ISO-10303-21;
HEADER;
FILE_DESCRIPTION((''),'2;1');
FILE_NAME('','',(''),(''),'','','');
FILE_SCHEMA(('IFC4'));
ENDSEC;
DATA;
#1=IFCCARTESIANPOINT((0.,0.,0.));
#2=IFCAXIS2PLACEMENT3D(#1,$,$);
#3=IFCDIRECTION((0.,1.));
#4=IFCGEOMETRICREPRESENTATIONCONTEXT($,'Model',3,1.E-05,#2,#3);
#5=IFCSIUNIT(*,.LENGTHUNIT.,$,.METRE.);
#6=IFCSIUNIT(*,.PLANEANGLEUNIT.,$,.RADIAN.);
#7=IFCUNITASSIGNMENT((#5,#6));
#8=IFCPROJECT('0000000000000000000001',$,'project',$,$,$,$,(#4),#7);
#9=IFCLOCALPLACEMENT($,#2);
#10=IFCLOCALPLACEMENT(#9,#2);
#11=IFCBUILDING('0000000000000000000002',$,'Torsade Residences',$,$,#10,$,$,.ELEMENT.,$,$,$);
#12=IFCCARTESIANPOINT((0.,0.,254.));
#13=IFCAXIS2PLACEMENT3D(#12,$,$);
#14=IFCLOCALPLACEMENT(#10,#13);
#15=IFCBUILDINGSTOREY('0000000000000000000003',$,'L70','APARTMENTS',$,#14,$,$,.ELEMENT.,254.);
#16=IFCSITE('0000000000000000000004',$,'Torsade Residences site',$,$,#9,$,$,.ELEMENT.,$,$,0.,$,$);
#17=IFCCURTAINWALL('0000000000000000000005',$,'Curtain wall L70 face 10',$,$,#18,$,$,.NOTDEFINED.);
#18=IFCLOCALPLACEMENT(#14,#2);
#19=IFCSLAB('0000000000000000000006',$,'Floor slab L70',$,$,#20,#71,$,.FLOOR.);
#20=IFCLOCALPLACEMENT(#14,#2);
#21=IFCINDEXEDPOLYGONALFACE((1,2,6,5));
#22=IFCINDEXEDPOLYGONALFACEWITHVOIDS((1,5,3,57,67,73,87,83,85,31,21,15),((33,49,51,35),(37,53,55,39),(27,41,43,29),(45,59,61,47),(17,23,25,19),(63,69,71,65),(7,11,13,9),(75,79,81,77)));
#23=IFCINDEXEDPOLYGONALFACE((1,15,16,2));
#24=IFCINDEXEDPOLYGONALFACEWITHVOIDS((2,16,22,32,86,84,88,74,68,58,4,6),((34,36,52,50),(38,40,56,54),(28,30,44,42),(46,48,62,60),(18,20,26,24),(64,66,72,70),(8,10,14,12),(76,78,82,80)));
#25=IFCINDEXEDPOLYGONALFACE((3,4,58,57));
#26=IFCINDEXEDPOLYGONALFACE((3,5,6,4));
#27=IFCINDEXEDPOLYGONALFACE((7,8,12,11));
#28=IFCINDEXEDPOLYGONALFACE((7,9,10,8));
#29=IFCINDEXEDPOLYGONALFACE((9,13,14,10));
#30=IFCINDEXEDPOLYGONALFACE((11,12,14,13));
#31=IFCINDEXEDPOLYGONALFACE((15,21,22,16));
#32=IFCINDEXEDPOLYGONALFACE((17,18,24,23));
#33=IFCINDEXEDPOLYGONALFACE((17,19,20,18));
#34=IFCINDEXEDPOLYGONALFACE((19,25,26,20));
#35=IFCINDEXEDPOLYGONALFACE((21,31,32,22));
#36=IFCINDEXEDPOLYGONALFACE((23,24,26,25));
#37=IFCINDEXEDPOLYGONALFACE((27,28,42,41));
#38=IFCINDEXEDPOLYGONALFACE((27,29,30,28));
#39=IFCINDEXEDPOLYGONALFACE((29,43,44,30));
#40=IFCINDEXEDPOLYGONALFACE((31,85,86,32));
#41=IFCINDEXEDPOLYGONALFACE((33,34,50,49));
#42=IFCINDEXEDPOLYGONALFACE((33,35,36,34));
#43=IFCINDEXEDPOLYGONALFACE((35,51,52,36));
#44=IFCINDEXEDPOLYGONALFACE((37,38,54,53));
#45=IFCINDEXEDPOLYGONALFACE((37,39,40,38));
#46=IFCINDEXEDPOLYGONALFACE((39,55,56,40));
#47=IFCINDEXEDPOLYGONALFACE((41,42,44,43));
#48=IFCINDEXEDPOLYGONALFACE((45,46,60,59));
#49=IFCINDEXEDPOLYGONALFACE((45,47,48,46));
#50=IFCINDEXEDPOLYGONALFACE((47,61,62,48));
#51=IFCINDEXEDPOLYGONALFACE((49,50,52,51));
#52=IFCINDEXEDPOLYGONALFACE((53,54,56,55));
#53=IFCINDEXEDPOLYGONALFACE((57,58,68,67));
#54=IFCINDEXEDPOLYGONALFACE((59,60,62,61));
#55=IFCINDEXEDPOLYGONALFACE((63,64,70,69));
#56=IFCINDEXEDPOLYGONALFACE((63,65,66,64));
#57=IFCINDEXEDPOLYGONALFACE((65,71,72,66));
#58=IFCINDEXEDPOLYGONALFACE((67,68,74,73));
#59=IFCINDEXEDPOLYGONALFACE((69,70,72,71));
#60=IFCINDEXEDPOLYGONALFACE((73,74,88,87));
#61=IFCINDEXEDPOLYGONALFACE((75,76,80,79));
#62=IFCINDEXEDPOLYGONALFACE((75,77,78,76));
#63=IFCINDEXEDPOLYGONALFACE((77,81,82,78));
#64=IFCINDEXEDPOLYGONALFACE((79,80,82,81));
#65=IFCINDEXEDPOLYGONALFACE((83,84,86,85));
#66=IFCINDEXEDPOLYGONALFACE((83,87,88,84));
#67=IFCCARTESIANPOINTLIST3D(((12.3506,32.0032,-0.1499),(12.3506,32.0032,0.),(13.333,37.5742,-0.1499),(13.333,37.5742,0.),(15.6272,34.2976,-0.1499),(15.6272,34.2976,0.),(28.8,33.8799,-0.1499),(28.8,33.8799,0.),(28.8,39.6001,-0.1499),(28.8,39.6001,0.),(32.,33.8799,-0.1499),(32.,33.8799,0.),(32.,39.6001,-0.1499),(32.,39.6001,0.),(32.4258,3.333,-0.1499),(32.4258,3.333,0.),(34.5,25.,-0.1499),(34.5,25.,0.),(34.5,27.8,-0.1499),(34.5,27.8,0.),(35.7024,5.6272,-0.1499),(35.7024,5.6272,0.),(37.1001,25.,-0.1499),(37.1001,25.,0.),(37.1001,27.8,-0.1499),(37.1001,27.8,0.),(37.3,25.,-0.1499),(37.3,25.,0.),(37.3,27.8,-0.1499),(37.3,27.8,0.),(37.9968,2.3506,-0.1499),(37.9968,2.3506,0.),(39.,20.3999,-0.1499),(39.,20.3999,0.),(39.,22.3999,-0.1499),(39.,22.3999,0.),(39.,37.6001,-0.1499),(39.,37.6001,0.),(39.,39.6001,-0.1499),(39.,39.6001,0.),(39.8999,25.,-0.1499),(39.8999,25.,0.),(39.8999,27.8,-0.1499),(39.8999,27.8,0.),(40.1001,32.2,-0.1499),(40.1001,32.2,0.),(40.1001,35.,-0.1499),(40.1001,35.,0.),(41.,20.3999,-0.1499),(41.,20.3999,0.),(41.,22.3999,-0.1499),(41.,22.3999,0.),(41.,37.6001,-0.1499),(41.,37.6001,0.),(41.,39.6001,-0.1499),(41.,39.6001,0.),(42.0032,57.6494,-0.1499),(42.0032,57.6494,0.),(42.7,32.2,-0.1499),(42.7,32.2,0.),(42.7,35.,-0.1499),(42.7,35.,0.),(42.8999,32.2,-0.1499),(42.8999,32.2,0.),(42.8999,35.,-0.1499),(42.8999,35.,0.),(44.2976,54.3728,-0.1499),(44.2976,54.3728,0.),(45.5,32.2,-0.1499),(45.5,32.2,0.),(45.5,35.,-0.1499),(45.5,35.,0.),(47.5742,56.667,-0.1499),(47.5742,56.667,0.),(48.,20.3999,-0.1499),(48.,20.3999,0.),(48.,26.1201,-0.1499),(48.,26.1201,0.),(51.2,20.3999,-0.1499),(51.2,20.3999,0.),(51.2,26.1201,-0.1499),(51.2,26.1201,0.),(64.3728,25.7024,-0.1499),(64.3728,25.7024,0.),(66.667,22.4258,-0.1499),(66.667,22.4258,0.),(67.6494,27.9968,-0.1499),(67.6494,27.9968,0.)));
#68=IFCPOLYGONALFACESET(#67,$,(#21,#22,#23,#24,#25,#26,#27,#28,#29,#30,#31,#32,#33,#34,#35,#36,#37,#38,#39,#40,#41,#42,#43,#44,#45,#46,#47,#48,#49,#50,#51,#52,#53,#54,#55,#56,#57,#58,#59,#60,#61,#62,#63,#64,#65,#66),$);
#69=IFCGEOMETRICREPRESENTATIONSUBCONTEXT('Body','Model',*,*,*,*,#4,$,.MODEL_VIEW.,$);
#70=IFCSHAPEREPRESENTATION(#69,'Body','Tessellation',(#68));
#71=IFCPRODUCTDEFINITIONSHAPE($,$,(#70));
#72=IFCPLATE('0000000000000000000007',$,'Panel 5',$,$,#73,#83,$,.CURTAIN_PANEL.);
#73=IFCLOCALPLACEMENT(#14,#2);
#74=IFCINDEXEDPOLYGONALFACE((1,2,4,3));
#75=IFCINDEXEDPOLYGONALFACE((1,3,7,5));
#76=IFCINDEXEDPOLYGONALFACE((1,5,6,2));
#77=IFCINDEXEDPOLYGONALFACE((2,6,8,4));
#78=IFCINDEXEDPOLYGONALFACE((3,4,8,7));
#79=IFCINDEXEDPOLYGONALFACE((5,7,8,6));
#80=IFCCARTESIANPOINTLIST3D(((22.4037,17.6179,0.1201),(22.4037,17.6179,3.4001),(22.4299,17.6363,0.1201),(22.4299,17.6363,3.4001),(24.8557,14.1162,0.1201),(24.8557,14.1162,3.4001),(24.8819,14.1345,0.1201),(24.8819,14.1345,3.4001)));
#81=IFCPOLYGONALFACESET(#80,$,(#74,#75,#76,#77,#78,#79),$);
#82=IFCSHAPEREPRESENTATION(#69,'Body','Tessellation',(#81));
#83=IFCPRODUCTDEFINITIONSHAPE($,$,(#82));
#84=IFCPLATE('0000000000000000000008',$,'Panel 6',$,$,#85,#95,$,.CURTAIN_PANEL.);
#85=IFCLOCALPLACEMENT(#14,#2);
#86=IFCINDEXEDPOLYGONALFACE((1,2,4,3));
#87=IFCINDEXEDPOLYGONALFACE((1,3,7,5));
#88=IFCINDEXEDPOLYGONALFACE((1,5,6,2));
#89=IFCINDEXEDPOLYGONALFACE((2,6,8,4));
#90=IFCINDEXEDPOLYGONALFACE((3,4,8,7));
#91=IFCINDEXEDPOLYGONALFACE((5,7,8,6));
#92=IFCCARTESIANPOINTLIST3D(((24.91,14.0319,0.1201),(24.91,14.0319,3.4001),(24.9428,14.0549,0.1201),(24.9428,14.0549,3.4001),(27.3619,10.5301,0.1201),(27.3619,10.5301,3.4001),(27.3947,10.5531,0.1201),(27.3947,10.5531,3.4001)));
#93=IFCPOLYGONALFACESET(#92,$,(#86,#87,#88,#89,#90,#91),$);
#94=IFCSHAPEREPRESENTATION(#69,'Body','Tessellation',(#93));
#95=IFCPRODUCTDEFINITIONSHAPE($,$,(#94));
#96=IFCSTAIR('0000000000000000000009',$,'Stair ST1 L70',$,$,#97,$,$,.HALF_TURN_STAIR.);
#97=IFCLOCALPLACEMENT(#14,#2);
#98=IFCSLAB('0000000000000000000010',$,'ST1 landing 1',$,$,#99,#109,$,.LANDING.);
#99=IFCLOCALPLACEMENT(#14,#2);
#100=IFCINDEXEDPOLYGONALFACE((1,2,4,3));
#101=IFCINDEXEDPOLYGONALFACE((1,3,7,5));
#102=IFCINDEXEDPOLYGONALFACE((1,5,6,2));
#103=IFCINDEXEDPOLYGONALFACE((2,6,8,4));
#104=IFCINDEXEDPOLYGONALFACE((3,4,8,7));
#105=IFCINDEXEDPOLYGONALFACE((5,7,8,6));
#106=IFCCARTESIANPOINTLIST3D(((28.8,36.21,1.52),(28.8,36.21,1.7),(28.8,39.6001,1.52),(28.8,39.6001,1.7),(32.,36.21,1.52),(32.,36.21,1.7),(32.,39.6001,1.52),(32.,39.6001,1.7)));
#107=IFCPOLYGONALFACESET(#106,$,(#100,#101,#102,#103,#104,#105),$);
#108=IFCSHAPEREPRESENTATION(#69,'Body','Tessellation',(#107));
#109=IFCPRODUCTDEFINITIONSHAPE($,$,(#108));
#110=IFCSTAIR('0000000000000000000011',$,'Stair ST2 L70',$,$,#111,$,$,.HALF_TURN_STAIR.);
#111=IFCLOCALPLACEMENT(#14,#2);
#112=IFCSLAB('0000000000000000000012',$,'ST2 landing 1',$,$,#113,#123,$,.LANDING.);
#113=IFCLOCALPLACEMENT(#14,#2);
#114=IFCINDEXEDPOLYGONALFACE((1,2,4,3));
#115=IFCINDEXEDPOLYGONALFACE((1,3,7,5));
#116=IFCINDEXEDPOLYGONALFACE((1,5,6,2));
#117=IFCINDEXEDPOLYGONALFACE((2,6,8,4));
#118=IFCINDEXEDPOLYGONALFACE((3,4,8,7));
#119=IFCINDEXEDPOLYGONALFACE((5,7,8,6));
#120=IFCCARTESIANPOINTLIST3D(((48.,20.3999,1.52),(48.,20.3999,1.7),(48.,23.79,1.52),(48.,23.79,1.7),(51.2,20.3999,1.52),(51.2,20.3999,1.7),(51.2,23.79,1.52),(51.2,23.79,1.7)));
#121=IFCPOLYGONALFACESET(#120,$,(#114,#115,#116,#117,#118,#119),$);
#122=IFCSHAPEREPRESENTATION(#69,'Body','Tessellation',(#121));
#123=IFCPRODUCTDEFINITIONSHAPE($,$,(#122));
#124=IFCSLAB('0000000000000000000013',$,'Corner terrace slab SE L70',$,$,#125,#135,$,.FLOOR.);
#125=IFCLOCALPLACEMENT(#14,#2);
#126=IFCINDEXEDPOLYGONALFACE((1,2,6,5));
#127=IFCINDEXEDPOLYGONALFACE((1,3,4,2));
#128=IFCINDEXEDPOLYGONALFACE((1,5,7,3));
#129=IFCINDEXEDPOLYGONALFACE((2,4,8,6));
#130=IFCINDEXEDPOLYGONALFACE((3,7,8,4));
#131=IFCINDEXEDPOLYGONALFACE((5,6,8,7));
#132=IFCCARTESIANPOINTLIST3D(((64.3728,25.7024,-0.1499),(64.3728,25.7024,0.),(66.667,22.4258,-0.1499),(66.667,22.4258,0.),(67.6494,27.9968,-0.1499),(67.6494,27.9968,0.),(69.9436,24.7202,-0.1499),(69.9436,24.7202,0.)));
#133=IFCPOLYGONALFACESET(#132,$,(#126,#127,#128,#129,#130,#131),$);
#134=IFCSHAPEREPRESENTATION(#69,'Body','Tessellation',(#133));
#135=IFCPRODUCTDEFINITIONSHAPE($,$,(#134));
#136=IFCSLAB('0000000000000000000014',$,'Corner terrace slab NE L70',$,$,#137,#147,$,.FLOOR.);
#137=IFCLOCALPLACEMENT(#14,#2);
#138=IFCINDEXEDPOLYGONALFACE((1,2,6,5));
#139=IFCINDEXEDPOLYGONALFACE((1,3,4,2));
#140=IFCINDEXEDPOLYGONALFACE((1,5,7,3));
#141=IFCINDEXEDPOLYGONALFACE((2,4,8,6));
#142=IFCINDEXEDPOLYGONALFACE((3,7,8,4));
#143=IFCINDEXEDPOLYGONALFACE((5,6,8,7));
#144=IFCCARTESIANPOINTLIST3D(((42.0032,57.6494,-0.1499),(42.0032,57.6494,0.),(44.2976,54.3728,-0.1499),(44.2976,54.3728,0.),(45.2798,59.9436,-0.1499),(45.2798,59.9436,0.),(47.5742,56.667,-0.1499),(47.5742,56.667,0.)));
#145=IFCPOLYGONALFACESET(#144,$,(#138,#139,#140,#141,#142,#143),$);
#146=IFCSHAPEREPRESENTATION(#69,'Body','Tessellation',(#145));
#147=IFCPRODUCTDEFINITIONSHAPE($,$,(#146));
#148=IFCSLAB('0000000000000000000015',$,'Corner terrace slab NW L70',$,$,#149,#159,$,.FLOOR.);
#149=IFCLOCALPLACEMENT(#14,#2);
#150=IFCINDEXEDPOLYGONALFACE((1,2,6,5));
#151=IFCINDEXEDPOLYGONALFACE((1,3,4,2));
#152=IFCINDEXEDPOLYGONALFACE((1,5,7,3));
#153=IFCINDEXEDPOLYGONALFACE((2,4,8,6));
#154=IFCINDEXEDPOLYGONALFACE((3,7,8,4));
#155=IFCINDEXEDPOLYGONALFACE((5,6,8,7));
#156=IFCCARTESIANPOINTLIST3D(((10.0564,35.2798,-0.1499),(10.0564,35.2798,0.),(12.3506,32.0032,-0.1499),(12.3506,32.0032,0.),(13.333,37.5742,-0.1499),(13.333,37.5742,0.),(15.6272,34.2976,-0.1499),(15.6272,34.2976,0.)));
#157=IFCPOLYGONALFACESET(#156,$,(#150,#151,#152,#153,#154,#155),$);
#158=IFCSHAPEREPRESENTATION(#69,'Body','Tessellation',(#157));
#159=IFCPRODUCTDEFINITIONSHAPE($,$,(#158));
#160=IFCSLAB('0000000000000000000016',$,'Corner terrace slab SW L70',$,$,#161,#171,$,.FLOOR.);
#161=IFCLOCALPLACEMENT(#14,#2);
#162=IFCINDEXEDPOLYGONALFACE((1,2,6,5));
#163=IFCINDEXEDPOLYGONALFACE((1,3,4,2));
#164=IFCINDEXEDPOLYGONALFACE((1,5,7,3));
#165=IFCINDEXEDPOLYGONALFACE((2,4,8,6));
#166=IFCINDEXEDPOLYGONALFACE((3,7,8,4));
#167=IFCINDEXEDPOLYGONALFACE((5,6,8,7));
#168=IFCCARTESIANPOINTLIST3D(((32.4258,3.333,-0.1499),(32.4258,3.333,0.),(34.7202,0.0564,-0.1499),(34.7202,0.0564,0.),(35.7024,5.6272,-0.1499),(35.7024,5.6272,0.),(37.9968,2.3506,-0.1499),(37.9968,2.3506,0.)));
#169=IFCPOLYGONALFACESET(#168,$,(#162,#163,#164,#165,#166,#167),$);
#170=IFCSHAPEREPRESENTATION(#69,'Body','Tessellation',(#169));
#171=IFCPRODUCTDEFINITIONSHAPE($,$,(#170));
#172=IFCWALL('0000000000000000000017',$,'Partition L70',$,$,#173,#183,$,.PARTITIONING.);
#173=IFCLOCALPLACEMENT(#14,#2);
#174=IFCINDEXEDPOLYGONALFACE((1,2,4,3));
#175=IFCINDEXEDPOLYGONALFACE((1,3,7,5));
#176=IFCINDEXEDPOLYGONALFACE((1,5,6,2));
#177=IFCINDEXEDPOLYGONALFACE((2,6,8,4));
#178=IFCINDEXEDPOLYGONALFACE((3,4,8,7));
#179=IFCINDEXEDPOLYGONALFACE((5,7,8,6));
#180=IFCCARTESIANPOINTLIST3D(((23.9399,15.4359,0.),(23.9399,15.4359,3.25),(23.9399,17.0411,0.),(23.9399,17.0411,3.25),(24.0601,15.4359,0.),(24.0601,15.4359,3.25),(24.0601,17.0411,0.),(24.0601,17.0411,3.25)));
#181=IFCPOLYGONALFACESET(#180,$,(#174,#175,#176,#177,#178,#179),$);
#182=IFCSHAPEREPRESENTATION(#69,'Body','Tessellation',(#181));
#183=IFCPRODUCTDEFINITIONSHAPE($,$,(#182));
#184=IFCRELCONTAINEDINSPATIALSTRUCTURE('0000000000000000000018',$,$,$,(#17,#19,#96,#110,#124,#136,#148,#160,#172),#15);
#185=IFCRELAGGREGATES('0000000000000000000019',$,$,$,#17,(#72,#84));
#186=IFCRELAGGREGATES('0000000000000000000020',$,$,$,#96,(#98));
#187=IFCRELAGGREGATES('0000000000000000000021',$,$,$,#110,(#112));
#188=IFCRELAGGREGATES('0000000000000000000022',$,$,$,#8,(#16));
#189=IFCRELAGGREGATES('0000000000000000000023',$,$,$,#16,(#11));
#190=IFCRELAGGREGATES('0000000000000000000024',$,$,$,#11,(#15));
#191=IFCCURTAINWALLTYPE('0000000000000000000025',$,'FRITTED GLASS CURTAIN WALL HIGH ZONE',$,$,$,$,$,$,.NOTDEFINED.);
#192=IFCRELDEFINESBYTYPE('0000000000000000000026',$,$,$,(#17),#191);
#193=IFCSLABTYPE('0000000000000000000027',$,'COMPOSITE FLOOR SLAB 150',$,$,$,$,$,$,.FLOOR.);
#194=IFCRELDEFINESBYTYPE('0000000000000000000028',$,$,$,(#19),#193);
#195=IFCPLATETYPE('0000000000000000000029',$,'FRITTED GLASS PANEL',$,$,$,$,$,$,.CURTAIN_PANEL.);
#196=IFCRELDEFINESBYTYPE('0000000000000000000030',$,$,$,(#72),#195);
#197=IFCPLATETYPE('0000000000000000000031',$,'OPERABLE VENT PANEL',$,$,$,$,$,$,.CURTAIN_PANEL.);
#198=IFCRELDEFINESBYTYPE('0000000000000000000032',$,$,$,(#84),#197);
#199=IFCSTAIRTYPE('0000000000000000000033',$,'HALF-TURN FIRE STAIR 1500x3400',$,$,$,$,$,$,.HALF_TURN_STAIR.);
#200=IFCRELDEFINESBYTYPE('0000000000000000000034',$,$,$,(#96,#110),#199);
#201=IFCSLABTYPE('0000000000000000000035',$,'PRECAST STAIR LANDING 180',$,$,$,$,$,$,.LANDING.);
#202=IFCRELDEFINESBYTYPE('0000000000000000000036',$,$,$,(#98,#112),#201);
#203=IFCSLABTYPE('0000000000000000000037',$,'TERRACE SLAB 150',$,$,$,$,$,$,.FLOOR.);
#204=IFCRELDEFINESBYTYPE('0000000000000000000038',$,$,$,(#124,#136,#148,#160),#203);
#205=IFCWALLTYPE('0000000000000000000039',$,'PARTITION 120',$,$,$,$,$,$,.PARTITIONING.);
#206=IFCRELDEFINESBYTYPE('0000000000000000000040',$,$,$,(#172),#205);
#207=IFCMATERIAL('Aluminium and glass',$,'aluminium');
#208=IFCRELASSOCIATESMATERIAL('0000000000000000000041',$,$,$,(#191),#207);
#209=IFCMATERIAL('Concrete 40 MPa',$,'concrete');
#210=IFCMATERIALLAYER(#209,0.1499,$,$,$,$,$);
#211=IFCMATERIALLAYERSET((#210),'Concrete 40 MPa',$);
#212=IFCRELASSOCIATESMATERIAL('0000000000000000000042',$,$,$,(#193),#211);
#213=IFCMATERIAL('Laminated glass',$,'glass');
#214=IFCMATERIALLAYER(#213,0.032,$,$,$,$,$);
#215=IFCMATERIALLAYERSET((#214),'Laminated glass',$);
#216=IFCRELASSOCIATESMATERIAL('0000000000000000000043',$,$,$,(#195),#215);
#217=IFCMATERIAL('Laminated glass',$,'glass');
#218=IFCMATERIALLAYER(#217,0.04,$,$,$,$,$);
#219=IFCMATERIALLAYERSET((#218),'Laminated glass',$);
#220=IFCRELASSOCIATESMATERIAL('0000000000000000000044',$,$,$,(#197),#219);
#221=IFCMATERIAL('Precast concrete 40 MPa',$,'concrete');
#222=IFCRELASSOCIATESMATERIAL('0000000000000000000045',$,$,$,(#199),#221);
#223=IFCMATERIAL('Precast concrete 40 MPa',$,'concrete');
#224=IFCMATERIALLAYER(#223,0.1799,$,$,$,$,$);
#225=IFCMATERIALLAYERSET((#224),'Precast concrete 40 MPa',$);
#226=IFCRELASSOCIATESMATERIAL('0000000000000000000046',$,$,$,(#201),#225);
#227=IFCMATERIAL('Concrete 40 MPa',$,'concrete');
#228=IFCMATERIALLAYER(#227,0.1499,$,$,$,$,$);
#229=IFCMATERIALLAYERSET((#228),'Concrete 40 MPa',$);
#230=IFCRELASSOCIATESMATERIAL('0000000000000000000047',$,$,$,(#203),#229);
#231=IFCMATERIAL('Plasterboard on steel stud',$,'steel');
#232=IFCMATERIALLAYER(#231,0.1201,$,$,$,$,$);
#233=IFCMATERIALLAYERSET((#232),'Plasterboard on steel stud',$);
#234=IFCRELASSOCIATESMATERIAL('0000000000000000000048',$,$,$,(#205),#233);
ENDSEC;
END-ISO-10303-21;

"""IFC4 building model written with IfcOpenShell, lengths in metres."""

from ifc_helpers import new_model, si_unit, direction, frame, frame_2d, origin, origin_2d, place, context, subcontext, project, spatial, polyline, rectangle, outline, extrude, material, layer, layer_set, type_object, element, aggregate, save


model = new_model("IFC4")

# Units and contexts
model_context = context("Model", 3, precision=1e-05, world=origin(), true_north=direction((0.0, 1.0)))
body_context = subcontext(model_context, "Body", "Model", "MODEL_VIEW")
ifc_project = project(units=[si_unit("LENGTHUNIT", "METRE"), si_unit("PLANEANGLEUNIT", "RADIAN")], contexts=[model_context])

# Site, building, storey
site_placement = place(None, origin())
site = spatial("IfcSite", under=ifc_project, at=site_placement, Name="Torsade Residences site", CompositionType="ELEMENT", RefElevation=0.0)
building_placement = place(site_placement, origin())
building = spatial("IfcBuilding", under=site, at=building_placement, Name="Torsade Residences", CompositionType="ELEMENT")
storey_placement = place(building_placement, frame((0.0, 0.0, 254.0)))
storey = spatial("IfcBuildingStorey", under=building, at=storey_placement, Name="L70", Description="APARTMENTS", CompositionType="ELEMENT", Elevation=254.0)

# Curtain wall
ifc_material_1 = material(Name="Aluminium and glass", Category="aluminium")
curtain_wall_type = type_object("IfcCurtainWallType", Name="FRITTED GLASS CURTAIN WALL HIGH ZONE", PredefinedType="NOTDEFINED", material=ifc_material_1)
curtain_wall_placement = place(storey_placement, origin())
curtain_wall = element("IfcCurtainWall", 1, at=curtain_wall_placement, inside=storey, type_object=curtain_wall_type, Name="Curtain wall L70 face 10", PredefinedType="NOTDEFINED")

# Slab
ifc_material_2 = material(Name="Concrete 40 MPa", Category="concrete")
ifc_layer_1 = layer(ifc_material_2, 0.1499)
ifc_layer_set_1 = layer_set([ifc_layer_1], Name="Concrete 40 MPa")
slab_type_1 = type_object("IfcSlabType", Name="COMPOSITE FLOOR SLAB 150", PredefinedType="FLOOR", material=ifc_layer_set_1)
slab_1_placement = place(storey_placement, frame((0.0, 0.0, -0.1499)))
element("IfcSlab", 2, at=slab_1_placement, inside=storey, type_object=slab_type_1, Name="Floor slab L70", PredefinedType="FLOOR", context=body_context, shape_type="SweptSolid", body=[
    extrude(outline(polyline([(37.9968, 2.3506), (66.667, 22.4258), (64.3728, 25.7024), (67.6494, 27.9968), (47.5742, 56.667), (44.2976, 54.3728), (42.0032, 57.6494), (13.333, 37.5742), (15.6272, 34.2976), (12.3506, 32.0032), (32.4258, 3.333), (35.7024, 5.6272), (37.9968, 2.3506)]), holes=[polyline([(51.2, 26.1201), (48.0, 26.1201), (48.0, 20.3999), (51.2, 20.3999), (51.2, 26.1201)]), polyline([(45.5, 35.0), (42.8999, 35.0), (42.8999, 32.2), (45.5, 32.2), (45.5, 35.0)]), polyline([(42.7, 35.0), (40.1001, 35.0), (40.1001, 32.2), (42.7, 32.2), (42.7, 35.0)]), polyline([(41.0, 22.3999), (39.0, 22.3999), (39.0, 20.3999), (41.0, 20.3999), (41.0, 22.3999)]), polyline([(41.0, 39.6001), (39.0, 39.6001), (39.0, 37.6001), (41.0, 37.6001), (41.0, 39.6001)]), polyline([(39.8999, 27.8), (37.3, 27.8), (37.3, 25.0), (39.8999, 25.0), (39.8999, 27.8)]), polyline([(37.1001, 27.8), (34.5, 27.8), (34.5, 25.0), (37.1001, 25.0), (37.1001, 27.8)]), polyline([(32.0, 39.6001), (28.8, 39.6001), (28.8, 33.8799), (32.0, 33.8799), (32.0, 39.6001)])]), origin(), (0.0, 0.0, 1.0), 0.1499),
])

# Plates
ifc_material_3 = material(Name="Laminated glass", Category="glass")
ifc_layer_2 = layer(ifc_material_3, 0.032)
ifc_layer_set_2 = layer_set([ifc_layer_2], Name="Laminated glass")
plate_type_1 = type_object("IfcPlateType", Name="FRITTED GLASS PANEL", PredefinedType="CURTAIN_PANEL", material=ifc_layer_set_2)
plate_1_placement = place(storey_placement, frame((23.6428, 15.8762, 0.1201), z_axis=(0.0, 0.0, 1.0), x_axis=(0.573576, -0.819152, 0.0)))
plate_1 = element("IfcPlate", 3, at=plate_1_placement, type_object=plate_type_1, Name="Panel 5", PredefinedType="CURTAIN_PANEL", context=body_context, shape_type="SweptSolid", body=[
    extrude(rectangle(XDim=4.2749, YDim=0.032, at=origin_2d()), origin(), (0.0, 0.0, 1.0), 3.28),
])
ifc_material_4 = material(Name="Laminated glass", Category="glass")
ifc_layer_3 = layer(ifc_material_4, 0.04)
ifc_layer_set_3 = layer_set([ifc_layer_3], Name="Laminated glass")
plate_type_2 = type_object("IfcPlateType", Name="OPERABLE VENT PANEL", PredefinedType="CURTAIN_PANEL", material=ifc_layer_set_3)
plate_2_placement = place(storey_placement, frame((26.1523, 12.2925, 0.1201), z_axis=(0.0, 0.0, 1.0), x_axis=(0.573576, -0.819152, 0.0)))
plate_2 = element("IfcPlate", 4, at=plate_2_placement, type_object=plate_type_2, Name="Panel 6", PredefinedType="CURTAIN_PANEL", context=body_context, shape_type="SweptSolid", body=[
    extrude(rectangle(XDim=4.2749, YDim=0.04, at=origin_2d()), origin(), (0.0, 0.0, 1.0), 3.28),
])
aggregate(curtain_wall, [plate_1, plate_2])

# Stairs, slabs
ifc_material_5 = material(Name="Precast concrete 40 MPa", Category="concrete")
stair_type = type_object("IfcStairType", Name="HALF-TURN FIRE STAIR 1500x3400", PredefinedType="HALF_TURN_STAIR", material=ifc_material_5)
stair_1_placement = place(storey_placement, origin())
stair_1 = element("IfcStair", 5, at=stair_1_placement, inside=storey, type_object=stair_type, Name="Stair ST1 L70", PredefinedType="HALF_TURN_STAIR")
ifc_material_6 = material(Name="Precast concrete 40 MPa", Category="concrete")
ifc_layer_4 = layer(ifc_material_6, 0.1799)
ifc_layer_set_4 = layer_set([ifc_layer_4], Name="Precast concrete 40 MPa")
slab_type_2 = type_object("IfcSlabType", Name="PRECAST STAIR LANDING 180", PredefinedType="LANDING", material=ifc_layer_set_4)
slab_2_placement = place(storey_placement, frame((0.0, 0.0, 1.52)))
slab_2 = element("IfcSlab", 6, at=slab_2_placement, type_object=slab_type_2, Name="ST1 landing 1", PredefinedType="LANDING", context=body_context, shape_type="SweptSolid", body=[
    extrude(outline(polyline([(28.8, 36.21), (32.0, 36.21), (32.0, 39.6001), (28.8, 39.6001), (28.8, 36.21)])), origin(), (0.0, 0.0, 1.0), 0.1799),
])
aggregate(stair_1, [slab_2])
stair_2_placement = place(storey_placement, origin())
stair_2 = element("IfcStair", 7, at=stair_2_placement, inside=storey, type_object=stair_type, Name="Stair ST2 L70", PredefinedType="HALF_TURN_STAIR")
slab_3_placement = place(storey_placement, frame((0.0, 0.0, 1.52)))
slab_3 = element("IfcSlab", 8, at=slab_3_placement, type_object=slab_type_2, Name="ST2 landing 1", PredefinedType="LANDING", context=body_context, shape_type="SweptSolid", body=[
    extrude(outline(polyline([(48.0, 20.3999), (51.2, 20.3999), (51.2, 23.79), (48.0, 23.79), (48.0, 20.3999)])), origin(), (0.0, 0.0, 1.0), 0.1799),
])
aggregate(stair_2, [slab_3])

# Slabs
ifc_material_7 = material(Name="Concrete 40 MPa", Category="concrete")
ifc_layer_5 = layer(ifc_material_7, 0.1499)
ifc_layer_set_5 = layer_set([ifc_layer_5], Name="Concrete 40 MPa")
slab_type_3 = type_object("IfcSlabType", Name="TERRACE SLAB 150", PredefinedType="FLOOR", material=ifc_layer_set_5)
slab_4_placement = place(storey_placement, frame((0.0, 0.0, -0.1499)))
element("IfcSlab", 9, at=slab_4_placement, inside=storey, type_object=slab_type_3, Name="Corner terrace slab SE L70", PredefinedType="FLOOR", context=body_context, shape_type="SweptSolid", body=[
    extrude(outline(polyline([(66.667, 22.4258), (69.9436, 24.7202), (67.6494, 27.9968), (64.3728, 25.7024), (66.667, 22.4258)])), origin(), (0.0, 0.0, 1.0), 0.1499),
])
slab_5_placement = place(storey_placement, frame((0.0, 0.0, -0.1499)))
element("IfcSlab", 10, at=slab_5_placement, inside=storey, type_object=slab_type_3, Name="Corner terrace slab NE L70", PredefinedType="FLOOR", context=body_context, shape_type="SweptSolid", body=[
    extrude(outline(polyline([(44.2976, 54.3728), (47.5742, 56.667), (45.2798, 59.9436), (42.0032, 57.6494), (44.2976, 54.3728)])), origin(), (0.0, 0.0, 1.0), 0.1499),
])
slab_6_placement = place(storey_placement, frame((0.0, 0.0, -0.1499)))
element("IfcSlab", 11, at=slab_6_placement, inside=storey, type_object=slab_type_3, Name="Corner terrace slab NW L70", PredefinedType="FLOOR", context=body_context, shape_type="SweptSolid", body=[
    extrude(outline(polyline([(12.3506, 32.0032), (15.6272, 34.2976), (13.333, 37.5742), (10.0564, 35.2798), (12.3506, 32.0032)])), origin(), (0.0, 0.0, 1.0), 0.1499),
])
slab_7_placement = place(storey_placement, frame((0.0, 0.0, -0.1499)))
element("IfcSlab", 12, at=slab_7_placement, inside=storey, type_object=slab_type_3, Name="Corner terrace slab SW L70", PredefinedType="FLOOR", context=body_context, shape_type="SweptSolid", body=[
    extrude(outline(polyline([(34.7202, 0.0564), (37.9968, 2.3506), (35.7024, 5.6272), (32.4258, 3.333), (34.7202, 0.0564)])), origin(), (0.0, 0.0, 1.0), 0.1499),
])

# Wall
ifc_material_8 = material(Name="Plasterboard on steel stud", Category="steel")
ifc_layer_6 = layer(ifc_material_8, 0.1201)
ifc_layer_set_6 = layer_set([ifc_layer_6], Name="Plasterboard on steel stud")
wall_type_1 = type_object("IfcWallType", Name="PARTITION 120", PredefinedType="PARTITIONING", material=ifc_layer_set_6)
wall_1_placement = place(storey_placement, frame((24.0, 17.0413, 0.0), z_axis=(0.0, 0.0, 1.0), x_axis=(0.0, -1.0, 0.0)))
element("IfcWall", 13, at=wall_1_placement, inside=storey, type_object=wall_type_1, Name="Partition L70", PredefinedType="PARTITIONING", context=body_context, shape_type="SweptSolid", body=[
    extrude(rectangle(XDim=1.6052, YDim=0.1201, at=frame_2d((0.8027, 0.0))), origin(), (0.0, 0.0, 1.0), 3.25),
])

save(model, "model.ifc")
